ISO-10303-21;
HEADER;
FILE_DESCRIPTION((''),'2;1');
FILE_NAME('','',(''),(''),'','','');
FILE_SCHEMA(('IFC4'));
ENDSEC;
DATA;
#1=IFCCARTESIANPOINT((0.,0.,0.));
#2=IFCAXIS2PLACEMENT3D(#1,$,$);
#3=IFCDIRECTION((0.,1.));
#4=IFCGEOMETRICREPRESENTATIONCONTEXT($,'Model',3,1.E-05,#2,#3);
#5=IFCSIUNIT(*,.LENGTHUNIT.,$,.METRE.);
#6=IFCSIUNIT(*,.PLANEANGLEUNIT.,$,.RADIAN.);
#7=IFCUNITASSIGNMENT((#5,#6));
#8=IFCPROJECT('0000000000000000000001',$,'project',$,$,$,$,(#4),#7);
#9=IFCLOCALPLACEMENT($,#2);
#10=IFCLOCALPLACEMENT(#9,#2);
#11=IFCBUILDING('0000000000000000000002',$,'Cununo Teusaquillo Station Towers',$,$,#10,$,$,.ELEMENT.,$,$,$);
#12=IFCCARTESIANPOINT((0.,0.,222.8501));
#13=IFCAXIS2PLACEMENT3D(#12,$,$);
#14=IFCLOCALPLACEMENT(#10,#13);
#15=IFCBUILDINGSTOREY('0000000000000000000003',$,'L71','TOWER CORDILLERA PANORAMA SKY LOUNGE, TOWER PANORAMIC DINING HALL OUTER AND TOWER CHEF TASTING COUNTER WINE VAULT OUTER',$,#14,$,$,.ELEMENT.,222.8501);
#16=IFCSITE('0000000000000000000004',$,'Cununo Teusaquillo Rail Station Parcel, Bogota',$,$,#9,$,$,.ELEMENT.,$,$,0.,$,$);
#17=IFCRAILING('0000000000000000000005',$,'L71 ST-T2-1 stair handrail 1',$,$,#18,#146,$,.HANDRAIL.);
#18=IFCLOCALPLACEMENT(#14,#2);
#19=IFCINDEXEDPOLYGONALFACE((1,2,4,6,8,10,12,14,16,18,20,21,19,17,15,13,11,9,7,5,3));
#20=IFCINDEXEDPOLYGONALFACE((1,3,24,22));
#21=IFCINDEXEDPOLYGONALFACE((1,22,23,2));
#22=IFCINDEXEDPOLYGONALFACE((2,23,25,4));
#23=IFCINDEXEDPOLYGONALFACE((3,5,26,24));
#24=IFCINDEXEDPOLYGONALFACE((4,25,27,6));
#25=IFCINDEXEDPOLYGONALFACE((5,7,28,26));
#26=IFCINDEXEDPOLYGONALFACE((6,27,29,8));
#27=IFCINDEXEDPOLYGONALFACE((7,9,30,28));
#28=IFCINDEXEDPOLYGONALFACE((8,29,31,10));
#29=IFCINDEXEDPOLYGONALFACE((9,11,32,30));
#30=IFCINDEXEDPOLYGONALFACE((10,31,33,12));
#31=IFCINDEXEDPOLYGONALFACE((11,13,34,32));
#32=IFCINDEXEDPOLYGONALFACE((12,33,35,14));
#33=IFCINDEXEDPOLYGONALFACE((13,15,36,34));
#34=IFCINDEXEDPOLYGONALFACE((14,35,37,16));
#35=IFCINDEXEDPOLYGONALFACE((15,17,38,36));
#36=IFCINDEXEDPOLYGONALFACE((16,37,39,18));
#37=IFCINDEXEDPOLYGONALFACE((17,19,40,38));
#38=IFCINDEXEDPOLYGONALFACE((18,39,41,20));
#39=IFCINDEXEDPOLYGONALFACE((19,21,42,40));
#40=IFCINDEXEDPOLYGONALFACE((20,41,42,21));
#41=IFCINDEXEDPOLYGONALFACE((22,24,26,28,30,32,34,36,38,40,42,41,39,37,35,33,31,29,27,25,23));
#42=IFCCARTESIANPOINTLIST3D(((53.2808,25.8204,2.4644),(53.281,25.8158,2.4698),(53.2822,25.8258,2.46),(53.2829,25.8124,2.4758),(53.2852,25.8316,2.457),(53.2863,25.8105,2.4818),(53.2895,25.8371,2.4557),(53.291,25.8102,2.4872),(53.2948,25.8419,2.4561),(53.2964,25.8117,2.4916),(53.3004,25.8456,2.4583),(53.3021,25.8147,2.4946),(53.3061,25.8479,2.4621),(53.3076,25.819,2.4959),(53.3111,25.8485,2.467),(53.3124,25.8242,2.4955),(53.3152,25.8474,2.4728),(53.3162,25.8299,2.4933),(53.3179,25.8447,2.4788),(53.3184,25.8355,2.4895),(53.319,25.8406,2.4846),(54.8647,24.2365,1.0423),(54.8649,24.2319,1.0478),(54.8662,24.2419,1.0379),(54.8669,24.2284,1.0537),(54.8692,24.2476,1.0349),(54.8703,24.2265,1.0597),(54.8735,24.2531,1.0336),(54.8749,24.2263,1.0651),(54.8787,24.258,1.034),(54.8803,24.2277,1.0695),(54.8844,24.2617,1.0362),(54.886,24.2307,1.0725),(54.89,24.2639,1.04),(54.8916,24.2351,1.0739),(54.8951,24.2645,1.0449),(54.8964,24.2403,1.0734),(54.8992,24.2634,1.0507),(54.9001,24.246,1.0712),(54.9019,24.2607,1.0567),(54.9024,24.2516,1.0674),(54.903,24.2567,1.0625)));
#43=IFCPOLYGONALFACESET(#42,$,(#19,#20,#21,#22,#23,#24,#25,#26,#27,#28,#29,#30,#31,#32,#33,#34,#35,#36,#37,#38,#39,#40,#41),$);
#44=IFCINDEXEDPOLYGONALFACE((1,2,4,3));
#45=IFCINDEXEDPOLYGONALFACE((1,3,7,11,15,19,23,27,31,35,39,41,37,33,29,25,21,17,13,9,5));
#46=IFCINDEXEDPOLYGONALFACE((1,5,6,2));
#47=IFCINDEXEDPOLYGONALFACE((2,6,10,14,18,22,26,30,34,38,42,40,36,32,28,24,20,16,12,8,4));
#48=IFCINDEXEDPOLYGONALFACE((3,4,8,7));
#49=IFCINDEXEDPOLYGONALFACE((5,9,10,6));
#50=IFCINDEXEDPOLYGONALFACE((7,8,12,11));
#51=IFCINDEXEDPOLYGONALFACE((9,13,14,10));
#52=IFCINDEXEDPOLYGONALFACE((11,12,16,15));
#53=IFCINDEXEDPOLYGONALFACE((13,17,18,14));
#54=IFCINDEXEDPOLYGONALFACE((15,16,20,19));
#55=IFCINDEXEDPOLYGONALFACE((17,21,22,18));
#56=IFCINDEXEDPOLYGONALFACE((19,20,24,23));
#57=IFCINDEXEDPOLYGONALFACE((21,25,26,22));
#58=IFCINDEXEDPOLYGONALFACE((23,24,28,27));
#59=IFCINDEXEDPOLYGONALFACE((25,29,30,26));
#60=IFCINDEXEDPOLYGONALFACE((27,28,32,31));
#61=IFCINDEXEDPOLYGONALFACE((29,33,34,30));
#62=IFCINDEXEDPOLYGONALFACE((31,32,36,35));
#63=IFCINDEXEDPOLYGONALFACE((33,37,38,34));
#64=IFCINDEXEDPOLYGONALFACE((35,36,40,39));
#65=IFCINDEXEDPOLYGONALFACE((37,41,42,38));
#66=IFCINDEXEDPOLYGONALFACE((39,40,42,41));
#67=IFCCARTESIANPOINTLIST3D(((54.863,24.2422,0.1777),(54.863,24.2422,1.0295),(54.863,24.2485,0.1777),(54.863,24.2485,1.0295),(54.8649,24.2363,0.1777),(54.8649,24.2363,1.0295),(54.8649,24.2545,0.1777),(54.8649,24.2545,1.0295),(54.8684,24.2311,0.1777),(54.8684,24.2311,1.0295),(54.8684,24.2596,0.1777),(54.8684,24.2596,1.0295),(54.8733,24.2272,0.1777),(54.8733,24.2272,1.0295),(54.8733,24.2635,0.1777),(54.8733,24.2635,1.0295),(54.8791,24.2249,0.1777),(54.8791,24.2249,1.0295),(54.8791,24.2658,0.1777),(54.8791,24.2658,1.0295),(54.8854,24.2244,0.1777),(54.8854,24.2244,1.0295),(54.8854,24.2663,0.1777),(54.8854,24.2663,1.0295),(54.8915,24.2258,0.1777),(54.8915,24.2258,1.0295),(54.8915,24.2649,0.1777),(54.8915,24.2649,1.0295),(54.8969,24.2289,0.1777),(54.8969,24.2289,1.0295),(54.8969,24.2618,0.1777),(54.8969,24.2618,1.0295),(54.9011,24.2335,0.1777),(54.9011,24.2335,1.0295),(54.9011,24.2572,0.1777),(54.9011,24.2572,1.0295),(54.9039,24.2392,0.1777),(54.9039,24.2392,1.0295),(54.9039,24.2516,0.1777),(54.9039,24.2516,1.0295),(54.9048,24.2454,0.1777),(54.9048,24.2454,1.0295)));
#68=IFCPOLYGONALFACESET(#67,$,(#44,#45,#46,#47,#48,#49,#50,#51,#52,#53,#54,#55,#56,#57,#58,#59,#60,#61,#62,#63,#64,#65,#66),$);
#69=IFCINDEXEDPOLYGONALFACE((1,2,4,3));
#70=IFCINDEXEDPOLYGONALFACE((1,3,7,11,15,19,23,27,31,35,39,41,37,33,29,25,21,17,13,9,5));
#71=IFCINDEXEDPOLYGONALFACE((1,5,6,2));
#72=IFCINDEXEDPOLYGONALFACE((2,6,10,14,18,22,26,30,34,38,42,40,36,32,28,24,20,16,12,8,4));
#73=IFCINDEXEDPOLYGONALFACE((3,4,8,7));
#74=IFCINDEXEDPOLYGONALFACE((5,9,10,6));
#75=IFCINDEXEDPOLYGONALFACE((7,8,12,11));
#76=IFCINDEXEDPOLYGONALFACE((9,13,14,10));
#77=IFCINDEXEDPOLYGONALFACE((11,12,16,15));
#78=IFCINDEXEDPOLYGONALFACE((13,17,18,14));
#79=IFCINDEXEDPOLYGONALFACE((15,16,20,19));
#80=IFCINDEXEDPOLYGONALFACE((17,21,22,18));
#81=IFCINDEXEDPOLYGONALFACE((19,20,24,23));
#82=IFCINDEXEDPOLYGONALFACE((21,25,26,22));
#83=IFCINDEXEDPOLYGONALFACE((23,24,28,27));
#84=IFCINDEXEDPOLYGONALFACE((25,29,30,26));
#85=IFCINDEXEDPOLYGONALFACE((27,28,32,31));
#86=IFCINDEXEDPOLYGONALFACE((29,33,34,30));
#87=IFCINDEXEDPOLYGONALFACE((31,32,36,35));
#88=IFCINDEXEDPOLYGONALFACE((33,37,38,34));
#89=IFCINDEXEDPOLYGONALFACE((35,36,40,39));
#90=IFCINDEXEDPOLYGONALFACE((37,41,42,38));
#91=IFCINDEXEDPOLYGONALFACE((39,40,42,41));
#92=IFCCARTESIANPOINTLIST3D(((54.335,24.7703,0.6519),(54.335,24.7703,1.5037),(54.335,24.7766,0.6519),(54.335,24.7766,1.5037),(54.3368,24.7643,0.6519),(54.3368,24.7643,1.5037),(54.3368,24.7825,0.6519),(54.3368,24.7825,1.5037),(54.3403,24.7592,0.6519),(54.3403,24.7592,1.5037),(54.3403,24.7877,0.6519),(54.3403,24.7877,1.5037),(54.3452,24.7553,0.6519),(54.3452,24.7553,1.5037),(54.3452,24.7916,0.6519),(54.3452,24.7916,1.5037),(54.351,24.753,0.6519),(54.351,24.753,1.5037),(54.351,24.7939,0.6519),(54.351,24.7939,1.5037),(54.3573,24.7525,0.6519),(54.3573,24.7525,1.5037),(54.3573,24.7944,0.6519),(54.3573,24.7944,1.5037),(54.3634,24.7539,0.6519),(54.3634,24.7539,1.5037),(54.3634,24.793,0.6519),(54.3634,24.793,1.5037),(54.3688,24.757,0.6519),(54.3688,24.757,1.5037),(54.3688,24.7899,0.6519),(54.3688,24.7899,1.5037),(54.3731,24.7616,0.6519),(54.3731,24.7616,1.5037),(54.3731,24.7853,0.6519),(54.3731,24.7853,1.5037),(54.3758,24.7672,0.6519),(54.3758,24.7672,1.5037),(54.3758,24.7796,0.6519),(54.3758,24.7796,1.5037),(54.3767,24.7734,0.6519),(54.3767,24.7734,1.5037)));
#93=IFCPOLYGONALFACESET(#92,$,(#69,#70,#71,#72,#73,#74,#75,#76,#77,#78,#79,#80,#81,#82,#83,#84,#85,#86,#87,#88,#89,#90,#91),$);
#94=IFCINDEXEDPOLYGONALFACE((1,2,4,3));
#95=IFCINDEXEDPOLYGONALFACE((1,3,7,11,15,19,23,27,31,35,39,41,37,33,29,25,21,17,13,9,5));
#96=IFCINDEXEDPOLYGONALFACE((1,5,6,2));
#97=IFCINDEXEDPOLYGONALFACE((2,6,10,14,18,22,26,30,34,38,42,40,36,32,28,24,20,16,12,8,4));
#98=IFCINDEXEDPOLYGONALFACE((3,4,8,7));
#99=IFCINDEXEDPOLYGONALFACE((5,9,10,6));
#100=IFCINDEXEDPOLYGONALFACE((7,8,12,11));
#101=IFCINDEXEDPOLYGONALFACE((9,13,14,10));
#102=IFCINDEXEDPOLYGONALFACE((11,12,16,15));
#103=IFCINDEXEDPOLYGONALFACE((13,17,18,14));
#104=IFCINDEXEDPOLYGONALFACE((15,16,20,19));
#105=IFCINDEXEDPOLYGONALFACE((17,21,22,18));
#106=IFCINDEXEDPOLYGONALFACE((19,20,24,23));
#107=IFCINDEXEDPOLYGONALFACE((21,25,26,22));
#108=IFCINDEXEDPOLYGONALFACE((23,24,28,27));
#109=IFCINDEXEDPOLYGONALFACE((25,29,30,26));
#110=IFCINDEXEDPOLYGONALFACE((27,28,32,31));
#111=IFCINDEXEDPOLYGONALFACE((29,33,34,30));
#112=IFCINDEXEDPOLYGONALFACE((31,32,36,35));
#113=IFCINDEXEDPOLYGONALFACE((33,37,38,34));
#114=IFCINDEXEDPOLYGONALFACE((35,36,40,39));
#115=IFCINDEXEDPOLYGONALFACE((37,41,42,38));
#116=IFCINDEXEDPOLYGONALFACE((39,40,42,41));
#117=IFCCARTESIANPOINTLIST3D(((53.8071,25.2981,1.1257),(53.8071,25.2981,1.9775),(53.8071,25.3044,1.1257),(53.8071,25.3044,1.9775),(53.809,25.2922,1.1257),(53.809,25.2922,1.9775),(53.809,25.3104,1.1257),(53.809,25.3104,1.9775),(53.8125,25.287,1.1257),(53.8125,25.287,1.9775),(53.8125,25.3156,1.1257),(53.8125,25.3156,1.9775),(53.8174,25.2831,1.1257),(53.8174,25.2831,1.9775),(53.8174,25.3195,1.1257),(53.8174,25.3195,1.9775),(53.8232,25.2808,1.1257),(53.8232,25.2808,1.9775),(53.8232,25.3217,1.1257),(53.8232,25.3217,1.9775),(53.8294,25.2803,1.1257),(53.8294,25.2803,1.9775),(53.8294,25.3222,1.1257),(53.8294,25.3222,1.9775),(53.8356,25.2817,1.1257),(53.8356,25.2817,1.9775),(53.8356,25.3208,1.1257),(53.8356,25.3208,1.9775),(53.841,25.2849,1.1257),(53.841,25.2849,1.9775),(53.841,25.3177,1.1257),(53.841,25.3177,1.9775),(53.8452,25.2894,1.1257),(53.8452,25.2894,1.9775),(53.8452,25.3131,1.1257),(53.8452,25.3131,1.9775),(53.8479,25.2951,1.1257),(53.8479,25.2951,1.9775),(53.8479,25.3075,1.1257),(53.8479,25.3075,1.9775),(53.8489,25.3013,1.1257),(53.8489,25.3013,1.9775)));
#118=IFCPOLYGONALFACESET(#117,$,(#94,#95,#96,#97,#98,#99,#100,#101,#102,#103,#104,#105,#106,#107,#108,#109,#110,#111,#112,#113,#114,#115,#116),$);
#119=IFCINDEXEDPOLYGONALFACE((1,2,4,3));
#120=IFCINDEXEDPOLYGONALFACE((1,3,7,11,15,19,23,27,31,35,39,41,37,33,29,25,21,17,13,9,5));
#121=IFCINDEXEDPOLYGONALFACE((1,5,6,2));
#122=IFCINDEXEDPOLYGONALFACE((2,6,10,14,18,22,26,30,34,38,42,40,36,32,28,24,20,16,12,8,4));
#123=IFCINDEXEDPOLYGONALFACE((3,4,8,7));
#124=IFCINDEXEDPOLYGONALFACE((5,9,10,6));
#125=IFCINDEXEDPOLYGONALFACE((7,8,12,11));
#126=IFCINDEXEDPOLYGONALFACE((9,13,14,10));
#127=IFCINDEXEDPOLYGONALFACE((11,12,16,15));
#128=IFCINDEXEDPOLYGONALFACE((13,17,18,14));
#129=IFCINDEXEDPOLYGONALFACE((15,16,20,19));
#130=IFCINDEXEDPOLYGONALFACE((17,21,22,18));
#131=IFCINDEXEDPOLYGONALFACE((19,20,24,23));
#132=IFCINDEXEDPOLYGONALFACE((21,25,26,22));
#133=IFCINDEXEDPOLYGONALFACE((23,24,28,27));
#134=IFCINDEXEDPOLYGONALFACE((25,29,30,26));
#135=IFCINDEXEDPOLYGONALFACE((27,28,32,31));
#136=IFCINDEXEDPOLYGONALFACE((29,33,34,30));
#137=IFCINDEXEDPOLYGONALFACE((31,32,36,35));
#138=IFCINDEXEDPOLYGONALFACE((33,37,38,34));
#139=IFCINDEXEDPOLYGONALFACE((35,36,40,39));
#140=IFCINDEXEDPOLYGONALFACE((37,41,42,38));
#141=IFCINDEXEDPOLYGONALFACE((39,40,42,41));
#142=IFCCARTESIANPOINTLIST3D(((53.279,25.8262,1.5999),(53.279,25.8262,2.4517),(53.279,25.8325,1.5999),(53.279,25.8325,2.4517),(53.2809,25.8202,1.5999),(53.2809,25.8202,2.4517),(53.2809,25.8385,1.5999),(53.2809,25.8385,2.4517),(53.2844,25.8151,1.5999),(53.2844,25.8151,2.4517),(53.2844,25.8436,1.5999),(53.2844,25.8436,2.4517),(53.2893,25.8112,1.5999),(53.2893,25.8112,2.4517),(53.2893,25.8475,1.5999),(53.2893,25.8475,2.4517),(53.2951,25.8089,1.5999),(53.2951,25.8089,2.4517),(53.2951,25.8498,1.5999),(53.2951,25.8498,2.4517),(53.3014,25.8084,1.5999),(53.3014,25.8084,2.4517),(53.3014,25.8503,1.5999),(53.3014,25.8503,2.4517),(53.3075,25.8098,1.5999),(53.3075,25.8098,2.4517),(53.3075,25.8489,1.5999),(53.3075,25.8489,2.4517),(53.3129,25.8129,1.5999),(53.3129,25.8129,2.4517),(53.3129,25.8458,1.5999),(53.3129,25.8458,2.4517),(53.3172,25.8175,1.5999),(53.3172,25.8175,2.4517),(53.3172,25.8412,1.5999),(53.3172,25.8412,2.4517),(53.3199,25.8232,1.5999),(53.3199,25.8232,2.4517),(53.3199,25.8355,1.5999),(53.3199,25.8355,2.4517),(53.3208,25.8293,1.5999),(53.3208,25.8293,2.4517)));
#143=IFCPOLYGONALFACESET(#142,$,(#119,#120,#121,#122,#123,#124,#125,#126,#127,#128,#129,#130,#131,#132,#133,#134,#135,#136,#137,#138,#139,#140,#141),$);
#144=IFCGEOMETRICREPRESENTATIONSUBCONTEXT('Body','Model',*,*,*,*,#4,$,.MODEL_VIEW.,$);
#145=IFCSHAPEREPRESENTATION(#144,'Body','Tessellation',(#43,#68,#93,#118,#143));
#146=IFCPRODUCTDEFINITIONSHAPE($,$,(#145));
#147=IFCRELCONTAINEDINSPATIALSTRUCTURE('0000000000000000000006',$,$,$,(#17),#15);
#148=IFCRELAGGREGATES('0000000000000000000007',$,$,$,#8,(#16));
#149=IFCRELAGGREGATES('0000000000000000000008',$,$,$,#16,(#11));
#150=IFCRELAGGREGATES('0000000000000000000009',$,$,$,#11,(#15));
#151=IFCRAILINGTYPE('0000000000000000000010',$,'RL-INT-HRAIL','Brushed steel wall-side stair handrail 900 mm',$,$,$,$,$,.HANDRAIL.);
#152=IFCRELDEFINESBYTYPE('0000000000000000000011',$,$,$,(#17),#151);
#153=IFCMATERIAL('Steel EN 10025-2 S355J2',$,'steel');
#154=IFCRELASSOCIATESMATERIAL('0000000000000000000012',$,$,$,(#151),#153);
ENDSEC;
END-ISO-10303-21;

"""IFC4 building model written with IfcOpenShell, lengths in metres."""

from ifc_helpers import new_model, si_unit, direction, frame, origin, origin_2d, place, context, subcontext, project, spatial, circle, extrude, material, type_object, element, save


model = new_model("IFC4")

# Units and contexts
model_context = context("Model", 3, precision=1e-05, world=origin(), true_north=direction((0.0, 1.0)))
body_context = subcontext(model_context, "Body", "Model", "MODEL_VIEW")
ifc_project = project(units=[si_unit("LENGTHUNIT", "METRE"), si_unit("PLANEANGLEUNIT", "RADIAN")], contexts=[model_context])

# Site, building, storey
site_placement = place(None, origin())
site = spatial("IfcSite", under=ifc_project, at=site_placement, Name="Cununo Teusaquillo Rail Station Parcel, Bogota", CompositionType="ELEMENT", RefElevation=0.0)
building_placement = place(site_placement, origin())
building = spatial("IfcBuilding", under=site, at=building_placement, Name="Cununo Teusaquillo Station Towers", CompositionType="ELEMENT")
storey_placement = place(building_placement, frame((0.0, 0.0, 222.8501)))
storey = spatial("IfcBuildingStorey", under=building, at=storey_placement, Name="L71", Description="TOWER CORDILLERA PANORAMA SKY LOUNGE, TOWER PANORAMIC DINING HALL OUTER AND TOWER CHEF TASTING COUNTER WINE VAULT OUTER", CompositionType="ELEMENT", Elevation=222.8501)

# Railing
ifc_material_1 = material(Name="Steel EN 10025-2 S355J2", Category="steel")
railing_type_1 = type_object("IfcRailingType", Name="RL-INT-HRAIL", Description="Brushed steel wall-side stair handrail 900 mm", PredefinedType="HANDRAIL", material=ifc_material_1)
railing_1_placement = place(storey_placement, frame((54.8838, 24.2454, 0.1777)))
element("IfcRailing", 1, at=railing_1_placement, inside=storey, type_object=railing_type_1, Name="L71 ST-T2-1 stair handrail 1", PredefinedType="HANDRAIL", context=body_context, shape_type="SweptSolid", body=[
    extrude(circle(Radius=0.0239, at=origin_2d()), frame((0.0, 0.0, 0.876), z_axis=(-0.596968, 0.596968, 0.535965), x_axis=(-0.707107, -0.707107, 0.0)), (0.0, 0.0, 1.0), 2.6533),
    extrude(circle(Radius=0.021, at=origin_2d()), origin(), (0.0, 0.0, 1.0), 0.8518),
    extrude(circle(Radius=0.021, at=origin_2d()), frame((-0.5281, 0.5281, 0.4741)), (0.0, 0.0, 1.0), 0.8518),
    extrude(circle(Radius=0.021, at=origin_2d()), frame((-1.0559, 1.0559, 0.948)), (0.0, 0.0, 1.0), 0.8518),
    extrude(circle(Radius=0.021, at=origin_2d()), frame((-1.584, 1.584, 1.4221)), (0.0, 0.0, 1.0), 0.8518),
])

save(model, "model.ifc")
